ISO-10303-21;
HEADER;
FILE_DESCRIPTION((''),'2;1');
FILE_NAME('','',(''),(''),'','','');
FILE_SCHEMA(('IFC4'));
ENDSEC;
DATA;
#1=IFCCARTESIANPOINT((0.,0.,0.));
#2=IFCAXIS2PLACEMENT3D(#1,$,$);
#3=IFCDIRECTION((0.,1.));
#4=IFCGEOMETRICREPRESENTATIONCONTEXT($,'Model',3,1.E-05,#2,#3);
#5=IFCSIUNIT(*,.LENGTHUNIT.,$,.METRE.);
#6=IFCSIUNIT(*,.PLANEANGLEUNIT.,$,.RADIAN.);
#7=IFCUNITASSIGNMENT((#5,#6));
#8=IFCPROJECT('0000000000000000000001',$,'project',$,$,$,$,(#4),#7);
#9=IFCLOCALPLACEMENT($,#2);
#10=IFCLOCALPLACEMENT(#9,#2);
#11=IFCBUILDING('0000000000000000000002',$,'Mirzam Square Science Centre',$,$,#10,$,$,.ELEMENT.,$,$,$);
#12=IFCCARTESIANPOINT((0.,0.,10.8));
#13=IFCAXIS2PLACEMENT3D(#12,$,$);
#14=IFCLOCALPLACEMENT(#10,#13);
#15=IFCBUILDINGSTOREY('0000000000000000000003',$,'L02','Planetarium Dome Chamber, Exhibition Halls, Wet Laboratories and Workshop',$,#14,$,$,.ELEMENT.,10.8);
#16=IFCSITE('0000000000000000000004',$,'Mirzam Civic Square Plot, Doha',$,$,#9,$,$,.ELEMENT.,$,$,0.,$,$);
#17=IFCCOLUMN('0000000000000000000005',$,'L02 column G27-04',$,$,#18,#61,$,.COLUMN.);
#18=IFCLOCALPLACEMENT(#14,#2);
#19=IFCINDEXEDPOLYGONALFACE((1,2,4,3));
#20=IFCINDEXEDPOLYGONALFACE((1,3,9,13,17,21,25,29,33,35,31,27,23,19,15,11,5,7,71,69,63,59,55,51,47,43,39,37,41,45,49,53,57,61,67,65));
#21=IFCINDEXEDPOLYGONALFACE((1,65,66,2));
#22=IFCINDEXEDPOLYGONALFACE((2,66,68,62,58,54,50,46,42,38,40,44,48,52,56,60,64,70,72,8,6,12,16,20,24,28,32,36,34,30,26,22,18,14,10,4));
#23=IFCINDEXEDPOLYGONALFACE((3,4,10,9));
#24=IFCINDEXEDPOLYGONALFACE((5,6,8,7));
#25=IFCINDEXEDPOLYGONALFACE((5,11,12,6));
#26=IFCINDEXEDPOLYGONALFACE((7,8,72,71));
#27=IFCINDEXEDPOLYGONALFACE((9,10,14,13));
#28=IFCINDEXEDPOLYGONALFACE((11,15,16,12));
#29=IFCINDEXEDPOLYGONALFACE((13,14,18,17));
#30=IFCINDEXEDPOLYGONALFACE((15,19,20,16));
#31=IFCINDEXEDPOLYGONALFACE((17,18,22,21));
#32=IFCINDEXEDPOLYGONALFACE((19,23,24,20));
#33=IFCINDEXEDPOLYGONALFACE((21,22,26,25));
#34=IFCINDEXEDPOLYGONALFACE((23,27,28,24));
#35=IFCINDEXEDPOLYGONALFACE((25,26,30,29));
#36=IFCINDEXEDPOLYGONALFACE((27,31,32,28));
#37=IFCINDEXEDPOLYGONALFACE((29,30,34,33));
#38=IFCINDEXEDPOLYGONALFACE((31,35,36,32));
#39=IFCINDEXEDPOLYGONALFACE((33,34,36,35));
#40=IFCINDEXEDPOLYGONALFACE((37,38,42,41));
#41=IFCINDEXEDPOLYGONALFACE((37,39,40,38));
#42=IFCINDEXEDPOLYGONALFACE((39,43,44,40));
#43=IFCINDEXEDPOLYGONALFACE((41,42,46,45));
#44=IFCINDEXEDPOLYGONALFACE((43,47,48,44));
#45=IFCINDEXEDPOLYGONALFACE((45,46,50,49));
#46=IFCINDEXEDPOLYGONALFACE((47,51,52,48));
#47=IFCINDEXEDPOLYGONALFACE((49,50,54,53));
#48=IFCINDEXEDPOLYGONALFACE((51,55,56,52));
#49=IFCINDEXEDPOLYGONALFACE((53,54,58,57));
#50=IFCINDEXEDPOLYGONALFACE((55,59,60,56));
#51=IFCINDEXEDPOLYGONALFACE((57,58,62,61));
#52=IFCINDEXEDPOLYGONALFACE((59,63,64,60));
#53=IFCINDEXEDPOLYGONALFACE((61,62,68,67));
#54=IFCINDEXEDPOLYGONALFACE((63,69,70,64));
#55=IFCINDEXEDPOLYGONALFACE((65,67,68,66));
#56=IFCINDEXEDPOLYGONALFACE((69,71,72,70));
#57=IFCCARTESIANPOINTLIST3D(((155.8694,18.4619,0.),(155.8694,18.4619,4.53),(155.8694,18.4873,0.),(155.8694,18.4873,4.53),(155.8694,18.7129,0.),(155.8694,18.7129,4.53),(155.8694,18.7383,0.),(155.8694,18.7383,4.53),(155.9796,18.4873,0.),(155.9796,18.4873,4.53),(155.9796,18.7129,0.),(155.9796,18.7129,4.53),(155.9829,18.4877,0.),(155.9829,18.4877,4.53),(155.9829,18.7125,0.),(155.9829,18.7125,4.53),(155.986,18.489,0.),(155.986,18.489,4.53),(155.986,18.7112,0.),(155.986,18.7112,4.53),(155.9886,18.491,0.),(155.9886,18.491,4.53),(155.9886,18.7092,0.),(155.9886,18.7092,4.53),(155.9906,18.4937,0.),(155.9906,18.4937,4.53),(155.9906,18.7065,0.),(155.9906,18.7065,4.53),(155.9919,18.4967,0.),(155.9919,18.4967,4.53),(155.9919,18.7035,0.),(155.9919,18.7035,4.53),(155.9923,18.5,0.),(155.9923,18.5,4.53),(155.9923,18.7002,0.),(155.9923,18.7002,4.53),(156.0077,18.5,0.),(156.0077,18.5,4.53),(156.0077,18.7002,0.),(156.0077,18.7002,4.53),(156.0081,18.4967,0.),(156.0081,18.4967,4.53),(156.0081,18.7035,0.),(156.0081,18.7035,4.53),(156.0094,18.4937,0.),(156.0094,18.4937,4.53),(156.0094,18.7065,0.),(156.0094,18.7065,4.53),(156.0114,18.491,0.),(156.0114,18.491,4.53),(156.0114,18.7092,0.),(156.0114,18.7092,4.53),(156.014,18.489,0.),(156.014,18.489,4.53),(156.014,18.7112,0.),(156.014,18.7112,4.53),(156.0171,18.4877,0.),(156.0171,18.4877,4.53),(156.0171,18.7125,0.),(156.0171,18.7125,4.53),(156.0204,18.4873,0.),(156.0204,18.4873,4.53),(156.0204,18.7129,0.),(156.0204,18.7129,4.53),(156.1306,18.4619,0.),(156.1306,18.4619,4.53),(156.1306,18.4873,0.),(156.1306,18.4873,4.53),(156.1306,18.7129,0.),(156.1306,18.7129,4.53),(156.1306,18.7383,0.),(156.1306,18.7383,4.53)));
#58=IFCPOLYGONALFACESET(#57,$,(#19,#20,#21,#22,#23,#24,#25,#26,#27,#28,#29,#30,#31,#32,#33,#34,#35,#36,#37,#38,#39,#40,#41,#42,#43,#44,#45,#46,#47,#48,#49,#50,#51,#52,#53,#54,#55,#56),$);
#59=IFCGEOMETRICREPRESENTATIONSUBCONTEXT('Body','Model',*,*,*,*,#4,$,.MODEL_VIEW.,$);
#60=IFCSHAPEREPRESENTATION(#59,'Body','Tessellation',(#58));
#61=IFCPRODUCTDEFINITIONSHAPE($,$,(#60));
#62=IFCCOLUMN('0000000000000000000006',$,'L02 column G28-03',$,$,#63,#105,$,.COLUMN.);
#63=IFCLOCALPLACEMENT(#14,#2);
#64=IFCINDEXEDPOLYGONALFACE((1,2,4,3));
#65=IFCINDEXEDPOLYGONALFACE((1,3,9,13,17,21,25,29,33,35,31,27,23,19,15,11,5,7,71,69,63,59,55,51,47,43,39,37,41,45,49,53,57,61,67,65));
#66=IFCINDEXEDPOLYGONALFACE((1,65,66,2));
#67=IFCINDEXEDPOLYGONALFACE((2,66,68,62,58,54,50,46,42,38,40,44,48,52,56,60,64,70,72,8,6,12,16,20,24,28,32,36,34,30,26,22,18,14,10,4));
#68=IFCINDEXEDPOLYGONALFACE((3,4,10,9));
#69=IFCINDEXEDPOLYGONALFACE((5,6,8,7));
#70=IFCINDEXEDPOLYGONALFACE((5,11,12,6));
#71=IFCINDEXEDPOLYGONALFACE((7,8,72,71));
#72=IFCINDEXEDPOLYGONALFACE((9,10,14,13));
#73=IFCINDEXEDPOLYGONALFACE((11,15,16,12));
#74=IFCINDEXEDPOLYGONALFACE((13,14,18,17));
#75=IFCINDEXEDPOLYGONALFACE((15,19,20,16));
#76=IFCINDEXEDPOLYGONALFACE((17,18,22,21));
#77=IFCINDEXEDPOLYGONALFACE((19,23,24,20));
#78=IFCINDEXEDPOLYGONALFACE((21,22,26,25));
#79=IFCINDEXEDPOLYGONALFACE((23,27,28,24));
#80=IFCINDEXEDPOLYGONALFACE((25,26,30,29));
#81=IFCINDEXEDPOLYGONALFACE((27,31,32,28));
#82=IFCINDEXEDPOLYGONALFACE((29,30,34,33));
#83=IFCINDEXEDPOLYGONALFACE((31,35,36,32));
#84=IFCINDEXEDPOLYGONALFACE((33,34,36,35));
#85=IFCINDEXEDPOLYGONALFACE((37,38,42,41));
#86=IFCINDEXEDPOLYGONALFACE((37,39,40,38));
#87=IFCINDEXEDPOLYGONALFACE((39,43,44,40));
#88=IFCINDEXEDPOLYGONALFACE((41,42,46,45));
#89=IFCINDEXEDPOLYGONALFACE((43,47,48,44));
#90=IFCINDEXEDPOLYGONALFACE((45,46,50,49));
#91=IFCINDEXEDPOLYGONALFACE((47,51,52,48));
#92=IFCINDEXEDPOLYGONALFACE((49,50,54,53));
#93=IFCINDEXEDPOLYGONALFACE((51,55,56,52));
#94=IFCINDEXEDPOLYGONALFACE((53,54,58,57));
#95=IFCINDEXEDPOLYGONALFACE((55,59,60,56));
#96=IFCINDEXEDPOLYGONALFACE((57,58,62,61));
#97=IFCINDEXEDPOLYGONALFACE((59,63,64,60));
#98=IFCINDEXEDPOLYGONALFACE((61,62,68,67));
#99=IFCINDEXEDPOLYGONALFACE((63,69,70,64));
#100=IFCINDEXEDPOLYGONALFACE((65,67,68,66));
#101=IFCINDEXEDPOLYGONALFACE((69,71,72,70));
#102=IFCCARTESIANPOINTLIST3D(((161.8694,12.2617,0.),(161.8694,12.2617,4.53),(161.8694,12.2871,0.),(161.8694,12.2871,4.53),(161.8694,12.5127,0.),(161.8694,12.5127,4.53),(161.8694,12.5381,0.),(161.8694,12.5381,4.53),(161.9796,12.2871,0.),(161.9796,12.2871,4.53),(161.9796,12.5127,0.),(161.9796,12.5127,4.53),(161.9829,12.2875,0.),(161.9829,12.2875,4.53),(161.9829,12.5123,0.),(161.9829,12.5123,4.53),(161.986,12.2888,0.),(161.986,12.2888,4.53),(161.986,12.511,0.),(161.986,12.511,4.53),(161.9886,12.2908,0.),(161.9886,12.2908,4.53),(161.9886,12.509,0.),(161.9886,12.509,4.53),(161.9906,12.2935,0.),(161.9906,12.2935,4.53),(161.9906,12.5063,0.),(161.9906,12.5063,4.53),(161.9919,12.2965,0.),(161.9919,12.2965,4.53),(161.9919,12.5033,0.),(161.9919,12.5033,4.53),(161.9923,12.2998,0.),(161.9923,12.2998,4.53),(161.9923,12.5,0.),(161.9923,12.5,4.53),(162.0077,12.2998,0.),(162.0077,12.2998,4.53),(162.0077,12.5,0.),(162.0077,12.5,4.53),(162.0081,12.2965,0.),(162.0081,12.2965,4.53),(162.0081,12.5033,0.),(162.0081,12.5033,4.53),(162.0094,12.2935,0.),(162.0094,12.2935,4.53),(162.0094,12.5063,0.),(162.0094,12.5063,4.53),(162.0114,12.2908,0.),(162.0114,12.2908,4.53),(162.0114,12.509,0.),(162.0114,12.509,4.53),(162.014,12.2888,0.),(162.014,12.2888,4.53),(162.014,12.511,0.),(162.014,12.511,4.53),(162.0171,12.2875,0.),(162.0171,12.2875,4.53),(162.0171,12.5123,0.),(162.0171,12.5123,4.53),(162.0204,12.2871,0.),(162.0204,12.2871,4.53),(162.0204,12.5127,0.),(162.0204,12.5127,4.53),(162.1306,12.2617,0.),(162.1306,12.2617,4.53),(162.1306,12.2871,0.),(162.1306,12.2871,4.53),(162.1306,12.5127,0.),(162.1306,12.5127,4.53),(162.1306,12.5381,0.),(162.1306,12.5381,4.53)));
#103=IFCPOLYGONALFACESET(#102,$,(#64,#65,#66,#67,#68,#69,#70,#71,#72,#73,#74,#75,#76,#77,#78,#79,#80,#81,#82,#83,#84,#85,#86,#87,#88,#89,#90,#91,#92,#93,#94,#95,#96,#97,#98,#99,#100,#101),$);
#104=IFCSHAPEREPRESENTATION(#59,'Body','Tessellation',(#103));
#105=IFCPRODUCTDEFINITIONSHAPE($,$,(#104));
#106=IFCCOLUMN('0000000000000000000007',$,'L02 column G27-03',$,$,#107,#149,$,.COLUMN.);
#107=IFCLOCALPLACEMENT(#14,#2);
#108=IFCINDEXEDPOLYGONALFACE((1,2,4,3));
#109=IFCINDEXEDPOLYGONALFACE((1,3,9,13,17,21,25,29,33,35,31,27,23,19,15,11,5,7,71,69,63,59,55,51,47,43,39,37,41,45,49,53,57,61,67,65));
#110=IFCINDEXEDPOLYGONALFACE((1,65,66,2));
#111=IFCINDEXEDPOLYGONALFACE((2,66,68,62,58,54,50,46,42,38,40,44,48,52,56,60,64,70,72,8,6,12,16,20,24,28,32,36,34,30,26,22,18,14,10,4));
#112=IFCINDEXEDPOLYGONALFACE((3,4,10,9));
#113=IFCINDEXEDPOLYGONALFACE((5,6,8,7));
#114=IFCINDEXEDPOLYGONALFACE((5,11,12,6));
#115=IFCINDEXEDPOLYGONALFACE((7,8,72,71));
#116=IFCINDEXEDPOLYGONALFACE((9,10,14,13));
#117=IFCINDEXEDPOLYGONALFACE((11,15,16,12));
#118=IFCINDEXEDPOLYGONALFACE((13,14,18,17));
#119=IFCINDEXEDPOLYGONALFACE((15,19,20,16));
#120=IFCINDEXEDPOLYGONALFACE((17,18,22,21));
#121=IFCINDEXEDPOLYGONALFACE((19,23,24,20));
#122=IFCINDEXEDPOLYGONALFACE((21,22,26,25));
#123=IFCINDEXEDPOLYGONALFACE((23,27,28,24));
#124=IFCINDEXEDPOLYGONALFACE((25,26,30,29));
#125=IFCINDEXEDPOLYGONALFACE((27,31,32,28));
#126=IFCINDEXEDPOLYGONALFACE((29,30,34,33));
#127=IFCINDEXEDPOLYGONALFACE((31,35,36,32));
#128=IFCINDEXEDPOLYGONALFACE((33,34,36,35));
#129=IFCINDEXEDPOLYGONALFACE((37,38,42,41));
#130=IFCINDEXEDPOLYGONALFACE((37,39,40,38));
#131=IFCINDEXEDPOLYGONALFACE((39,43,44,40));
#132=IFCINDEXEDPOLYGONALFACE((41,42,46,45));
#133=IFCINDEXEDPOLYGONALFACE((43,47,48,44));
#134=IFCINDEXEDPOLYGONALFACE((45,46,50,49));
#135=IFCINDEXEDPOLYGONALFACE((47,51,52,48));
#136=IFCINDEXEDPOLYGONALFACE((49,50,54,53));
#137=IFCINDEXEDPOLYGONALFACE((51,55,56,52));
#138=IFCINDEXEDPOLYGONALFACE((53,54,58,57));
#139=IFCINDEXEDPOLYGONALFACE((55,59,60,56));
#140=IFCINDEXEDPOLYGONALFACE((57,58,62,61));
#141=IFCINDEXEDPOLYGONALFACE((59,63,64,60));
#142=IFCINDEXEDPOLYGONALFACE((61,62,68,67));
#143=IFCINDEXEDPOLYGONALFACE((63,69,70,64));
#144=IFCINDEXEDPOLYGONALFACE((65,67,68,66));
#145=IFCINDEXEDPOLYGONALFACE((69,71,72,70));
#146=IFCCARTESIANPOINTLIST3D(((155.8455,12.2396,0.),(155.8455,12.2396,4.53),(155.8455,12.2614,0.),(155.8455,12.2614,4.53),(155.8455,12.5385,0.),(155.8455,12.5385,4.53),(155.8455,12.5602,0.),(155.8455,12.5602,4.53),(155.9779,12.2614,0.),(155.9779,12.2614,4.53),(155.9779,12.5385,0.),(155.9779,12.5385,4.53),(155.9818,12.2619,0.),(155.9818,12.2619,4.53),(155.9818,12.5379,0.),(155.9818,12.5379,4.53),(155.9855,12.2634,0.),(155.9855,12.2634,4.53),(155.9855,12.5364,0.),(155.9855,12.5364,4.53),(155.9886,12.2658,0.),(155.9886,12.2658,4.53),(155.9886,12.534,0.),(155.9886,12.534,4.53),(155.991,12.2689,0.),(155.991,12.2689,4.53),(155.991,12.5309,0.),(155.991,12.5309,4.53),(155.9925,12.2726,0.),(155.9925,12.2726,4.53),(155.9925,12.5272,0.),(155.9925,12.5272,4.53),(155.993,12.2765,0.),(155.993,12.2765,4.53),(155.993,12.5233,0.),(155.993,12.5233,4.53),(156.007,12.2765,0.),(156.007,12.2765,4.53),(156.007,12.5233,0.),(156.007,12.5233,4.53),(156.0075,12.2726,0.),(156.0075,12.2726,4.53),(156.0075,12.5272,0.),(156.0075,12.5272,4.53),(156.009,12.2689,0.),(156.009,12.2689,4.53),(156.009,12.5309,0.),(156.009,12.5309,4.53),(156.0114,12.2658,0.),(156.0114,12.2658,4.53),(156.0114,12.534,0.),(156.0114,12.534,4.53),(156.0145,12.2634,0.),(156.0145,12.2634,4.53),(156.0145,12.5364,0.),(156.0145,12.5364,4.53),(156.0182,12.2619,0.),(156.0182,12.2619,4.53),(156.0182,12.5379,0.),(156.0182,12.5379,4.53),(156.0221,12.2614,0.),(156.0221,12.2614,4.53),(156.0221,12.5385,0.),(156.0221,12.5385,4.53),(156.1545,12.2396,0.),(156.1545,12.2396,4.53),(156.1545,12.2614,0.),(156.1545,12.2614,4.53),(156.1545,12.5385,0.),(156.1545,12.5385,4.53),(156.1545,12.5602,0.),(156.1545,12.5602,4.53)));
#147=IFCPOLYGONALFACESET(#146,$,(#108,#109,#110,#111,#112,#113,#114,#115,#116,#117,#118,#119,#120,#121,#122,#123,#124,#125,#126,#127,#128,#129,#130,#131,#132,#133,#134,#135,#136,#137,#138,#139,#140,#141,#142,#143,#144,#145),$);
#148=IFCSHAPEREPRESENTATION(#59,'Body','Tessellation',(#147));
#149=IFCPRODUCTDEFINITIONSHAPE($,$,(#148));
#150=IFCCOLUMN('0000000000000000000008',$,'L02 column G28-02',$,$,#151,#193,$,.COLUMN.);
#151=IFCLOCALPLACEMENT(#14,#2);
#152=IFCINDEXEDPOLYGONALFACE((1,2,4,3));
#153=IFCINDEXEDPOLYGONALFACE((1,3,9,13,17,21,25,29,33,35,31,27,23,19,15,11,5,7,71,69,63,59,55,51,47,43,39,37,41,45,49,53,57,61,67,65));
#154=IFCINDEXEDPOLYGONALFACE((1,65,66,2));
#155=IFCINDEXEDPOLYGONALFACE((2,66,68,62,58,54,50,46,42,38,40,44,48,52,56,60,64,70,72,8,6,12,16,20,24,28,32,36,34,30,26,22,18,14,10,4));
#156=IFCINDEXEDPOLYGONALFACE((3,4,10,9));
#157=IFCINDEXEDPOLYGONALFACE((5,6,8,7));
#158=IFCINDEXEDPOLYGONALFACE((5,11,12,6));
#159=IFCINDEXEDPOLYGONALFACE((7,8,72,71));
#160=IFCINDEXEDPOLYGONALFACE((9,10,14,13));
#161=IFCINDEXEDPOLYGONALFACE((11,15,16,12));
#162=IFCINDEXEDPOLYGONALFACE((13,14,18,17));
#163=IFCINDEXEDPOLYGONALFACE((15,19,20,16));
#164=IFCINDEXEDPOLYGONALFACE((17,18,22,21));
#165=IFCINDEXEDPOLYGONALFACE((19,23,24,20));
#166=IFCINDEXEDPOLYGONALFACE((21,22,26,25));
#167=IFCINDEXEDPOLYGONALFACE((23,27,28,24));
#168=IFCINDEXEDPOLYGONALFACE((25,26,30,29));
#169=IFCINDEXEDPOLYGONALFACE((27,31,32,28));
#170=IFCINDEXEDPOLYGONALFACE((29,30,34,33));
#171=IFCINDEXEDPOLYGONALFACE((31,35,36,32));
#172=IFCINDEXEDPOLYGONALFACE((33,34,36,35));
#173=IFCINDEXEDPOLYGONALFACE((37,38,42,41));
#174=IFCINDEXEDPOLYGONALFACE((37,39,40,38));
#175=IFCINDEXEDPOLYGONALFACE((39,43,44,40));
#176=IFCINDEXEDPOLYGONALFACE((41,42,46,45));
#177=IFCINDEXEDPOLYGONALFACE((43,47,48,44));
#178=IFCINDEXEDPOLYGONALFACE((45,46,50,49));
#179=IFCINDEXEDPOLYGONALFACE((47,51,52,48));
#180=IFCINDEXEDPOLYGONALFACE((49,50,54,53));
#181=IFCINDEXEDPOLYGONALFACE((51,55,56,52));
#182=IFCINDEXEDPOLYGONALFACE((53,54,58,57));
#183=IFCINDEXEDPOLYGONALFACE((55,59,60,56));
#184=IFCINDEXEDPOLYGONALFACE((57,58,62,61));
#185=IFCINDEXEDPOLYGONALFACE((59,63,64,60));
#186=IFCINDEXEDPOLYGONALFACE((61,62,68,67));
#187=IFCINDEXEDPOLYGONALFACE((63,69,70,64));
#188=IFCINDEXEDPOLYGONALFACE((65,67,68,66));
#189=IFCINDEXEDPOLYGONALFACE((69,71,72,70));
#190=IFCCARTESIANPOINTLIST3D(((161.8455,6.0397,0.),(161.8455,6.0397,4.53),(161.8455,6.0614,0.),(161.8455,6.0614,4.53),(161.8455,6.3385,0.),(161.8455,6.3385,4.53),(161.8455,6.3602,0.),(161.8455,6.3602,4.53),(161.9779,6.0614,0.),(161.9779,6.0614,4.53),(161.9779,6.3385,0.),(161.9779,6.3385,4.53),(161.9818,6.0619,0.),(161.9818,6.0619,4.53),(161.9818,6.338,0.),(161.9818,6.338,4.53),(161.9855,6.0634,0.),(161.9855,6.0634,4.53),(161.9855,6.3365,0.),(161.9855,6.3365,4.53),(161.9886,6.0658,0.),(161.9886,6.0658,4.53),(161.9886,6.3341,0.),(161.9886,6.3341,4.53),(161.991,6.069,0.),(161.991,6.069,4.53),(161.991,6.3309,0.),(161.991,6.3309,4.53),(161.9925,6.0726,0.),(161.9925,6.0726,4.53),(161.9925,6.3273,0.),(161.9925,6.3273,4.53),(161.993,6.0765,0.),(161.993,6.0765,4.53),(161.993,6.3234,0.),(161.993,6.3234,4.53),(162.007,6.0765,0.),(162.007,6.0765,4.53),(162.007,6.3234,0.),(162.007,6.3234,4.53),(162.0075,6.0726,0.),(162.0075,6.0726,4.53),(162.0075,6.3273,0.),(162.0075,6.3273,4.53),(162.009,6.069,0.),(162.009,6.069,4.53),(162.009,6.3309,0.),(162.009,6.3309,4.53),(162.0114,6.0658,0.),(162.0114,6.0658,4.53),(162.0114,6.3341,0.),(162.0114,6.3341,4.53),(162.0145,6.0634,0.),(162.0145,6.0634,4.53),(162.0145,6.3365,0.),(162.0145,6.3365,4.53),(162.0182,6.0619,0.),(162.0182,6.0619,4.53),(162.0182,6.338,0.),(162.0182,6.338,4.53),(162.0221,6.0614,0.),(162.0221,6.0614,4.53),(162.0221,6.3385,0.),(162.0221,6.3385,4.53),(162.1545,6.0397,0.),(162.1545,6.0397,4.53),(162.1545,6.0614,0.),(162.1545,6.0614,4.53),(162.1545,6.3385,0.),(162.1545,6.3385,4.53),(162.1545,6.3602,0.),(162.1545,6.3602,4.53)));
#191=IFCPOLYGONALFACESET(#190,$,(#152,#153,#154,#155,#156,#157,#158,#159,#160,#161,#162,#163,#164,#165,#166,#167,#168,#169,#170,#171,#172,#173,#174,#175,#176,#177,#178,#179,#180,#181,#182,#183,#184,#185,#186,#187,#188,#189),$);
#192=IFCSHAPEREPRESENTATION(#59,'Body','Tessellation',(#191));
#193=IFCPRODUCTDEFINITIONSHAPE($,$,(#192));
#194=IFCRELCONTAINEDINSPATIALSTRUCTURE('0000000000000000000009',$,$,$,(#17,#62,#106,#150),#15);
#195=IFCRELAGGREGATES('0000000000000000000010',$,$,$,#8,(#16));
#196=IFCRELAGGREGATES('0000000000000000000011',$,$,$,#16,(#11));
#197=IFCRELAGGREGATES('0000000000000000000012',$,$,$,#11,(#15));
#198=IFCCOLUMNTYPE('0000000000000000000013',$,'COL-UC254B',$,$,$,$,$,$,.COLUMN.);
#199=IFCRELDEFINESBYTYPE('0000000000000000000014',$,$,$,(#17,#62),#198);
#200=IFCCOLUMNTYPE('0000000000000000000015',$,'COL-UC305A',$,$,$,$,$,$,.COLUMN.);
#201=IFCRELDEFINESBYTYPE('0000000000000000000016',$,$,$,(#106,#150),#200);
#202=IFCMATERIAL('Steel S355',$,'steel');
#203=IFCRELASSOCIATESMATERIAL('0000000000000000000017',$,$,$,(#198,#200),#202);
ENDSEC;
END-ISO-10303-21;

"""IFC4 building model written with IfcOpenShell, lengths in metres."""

from ifc_helpers import new_model, si_unit, direction, frame, origin, origin_2d, place, context, subcontext, project, spatial, i_section, extrude, material, material_profile, profile_set, type_object, element, save


model = new_model("IFC4")

# Units and contexts
model_context = context("Model", 3, precision=1e-05, world=origin(), true_north=direction((0.0, 1.0)))
body_context = subcontext(model_context, "Body", "Model", "MODEL_VIEW")
ifc_project = project(units=[si_unit("LENGTHUNIT", "METRE"), si_unit("PLANEANGLEUNIT", "RADIAN")], contexts=[model_context])

# Site, building, storey
site_placement = place(None, origin())
site = spatial("IfcSite", under=ifc_project, at=site_placement, Name="Mirzam Civic Square Plot, Doha", CompositionType="ELEMENT", RefElevation=0.0)
building_placement = place(site_placement, origin())
building = spatial("IfcBuilding", under=site, at=building_placement, Name="Mirzam Square Science Centre", CompositionType="ELEMENT")
storey_placement = place(building_placement, frame((0.0, 0.0, 10.8)))
storey = spatial("IfcBuildingStorey", under=building, at=storey_placement, Name="L02", Description="Planetarium Dome Chamber, Exhibition Halls, Wet Laboratories and Workshop", CompositionType="ELEMENT", Elevation=10.8)

# Columns
ifc_material_1 = material(Name="Steel S355", Category="steel")
ifc_material_profile_1 = material_profile(ifc_material_1, i_section(OverallWidth=0.2612, OverallDepth=0.2764, WebThickness=0.0154, FlangeThickness=0.0254, FilletRadius=0.0127, at=origin_2d()), Name="254x254x132UC")
ifc_profile_set_1 = profile_set([ifc_material_profile_1], Name="Steel S355")
column_type_1 = type_object("IfcColumnType", Name="COL-UC254B", PredefinedType="COLUMN", material=ifc_profile_set_1)
for number, where, z_axis, x_axis, name in (
    (1, (156.0, 18.6001, 0.0), (0.0, 0.0, 1.0), (1.0, 0.0, 0.0), "L02 column G27-04"),
    (2, (162.0, 12.3999, 0.0), (0.0, 0.0, 1.0), (1.0, 0.0, 0.0), "L02 column G28-03"),
):
    element("IfcColumn", number, at=place(storey_placement, frame(where, z_axis=z_axis, x_axis=x_axis)), inside=storey, type_object=column_type_1, Name=name, PredefinedType="COLUMN", context=body_context, shape_type="SweptSolid", body=[
        extrude(i_section(OverallWidth=0.2612, OverallDepth=0.2764, WebThickness=0.0154, FlangeThickness=0.0254, FilletRadius=0.0127, at=origin_2d()), origin(), (0.0, 0.0, 1.0), 4.53),
    ])
ifc_material_profile_2 = material_profile(ifc_material_1, i_section(OverallWidth=0.3091, OverallDepth=0.3206, WebThickness=0.0139, FlangeThickness=0.0217, FilletRadius=0.0151, at=origin_2d()), Name="305x305x137UC")
ifc_profile_set_2 = profile_set([ifc_material_profile_2], Name="Steel S355")
column_type_2 = type_object("IfcColumnType", Name="COL-UC305A", PredefinedType="COLUMN", material=ifc_profile_set_2)
for number, where, z_axis, x_axis, name in (
    (3, (156.0, 12.3999, 0.0), (0.0, 0.0, 1.0), (1.0, 0.0, 0.0), "L02 column G27-03"),
    (4, (162.0, 6.2, 0.0), (0.0, 0.0, 1.0), (1.0, 0.0, 0.0), "L02 column G28-02"),
):
    element("IfcColumn", number, at=place(storey_placement, frame(where, z_axis=z_axis, x_axis=x_axis)), inside=storey, type_object=column_type_2, Name=name, PredefinedType="COLUMN", context=body_context, shape_type="SweptSolid", body=[
        extrude(i_section(OverallWidth=0.3091, OverallDepth=0.3206, WebThickness=0.0139, FlangeThickness=0.0217, FilletRadius=0.0151, at=origin_2d()), origin(), (0.0, 0.0, 1.0), 4.53),
    ])

save(model, "model.ifc")
